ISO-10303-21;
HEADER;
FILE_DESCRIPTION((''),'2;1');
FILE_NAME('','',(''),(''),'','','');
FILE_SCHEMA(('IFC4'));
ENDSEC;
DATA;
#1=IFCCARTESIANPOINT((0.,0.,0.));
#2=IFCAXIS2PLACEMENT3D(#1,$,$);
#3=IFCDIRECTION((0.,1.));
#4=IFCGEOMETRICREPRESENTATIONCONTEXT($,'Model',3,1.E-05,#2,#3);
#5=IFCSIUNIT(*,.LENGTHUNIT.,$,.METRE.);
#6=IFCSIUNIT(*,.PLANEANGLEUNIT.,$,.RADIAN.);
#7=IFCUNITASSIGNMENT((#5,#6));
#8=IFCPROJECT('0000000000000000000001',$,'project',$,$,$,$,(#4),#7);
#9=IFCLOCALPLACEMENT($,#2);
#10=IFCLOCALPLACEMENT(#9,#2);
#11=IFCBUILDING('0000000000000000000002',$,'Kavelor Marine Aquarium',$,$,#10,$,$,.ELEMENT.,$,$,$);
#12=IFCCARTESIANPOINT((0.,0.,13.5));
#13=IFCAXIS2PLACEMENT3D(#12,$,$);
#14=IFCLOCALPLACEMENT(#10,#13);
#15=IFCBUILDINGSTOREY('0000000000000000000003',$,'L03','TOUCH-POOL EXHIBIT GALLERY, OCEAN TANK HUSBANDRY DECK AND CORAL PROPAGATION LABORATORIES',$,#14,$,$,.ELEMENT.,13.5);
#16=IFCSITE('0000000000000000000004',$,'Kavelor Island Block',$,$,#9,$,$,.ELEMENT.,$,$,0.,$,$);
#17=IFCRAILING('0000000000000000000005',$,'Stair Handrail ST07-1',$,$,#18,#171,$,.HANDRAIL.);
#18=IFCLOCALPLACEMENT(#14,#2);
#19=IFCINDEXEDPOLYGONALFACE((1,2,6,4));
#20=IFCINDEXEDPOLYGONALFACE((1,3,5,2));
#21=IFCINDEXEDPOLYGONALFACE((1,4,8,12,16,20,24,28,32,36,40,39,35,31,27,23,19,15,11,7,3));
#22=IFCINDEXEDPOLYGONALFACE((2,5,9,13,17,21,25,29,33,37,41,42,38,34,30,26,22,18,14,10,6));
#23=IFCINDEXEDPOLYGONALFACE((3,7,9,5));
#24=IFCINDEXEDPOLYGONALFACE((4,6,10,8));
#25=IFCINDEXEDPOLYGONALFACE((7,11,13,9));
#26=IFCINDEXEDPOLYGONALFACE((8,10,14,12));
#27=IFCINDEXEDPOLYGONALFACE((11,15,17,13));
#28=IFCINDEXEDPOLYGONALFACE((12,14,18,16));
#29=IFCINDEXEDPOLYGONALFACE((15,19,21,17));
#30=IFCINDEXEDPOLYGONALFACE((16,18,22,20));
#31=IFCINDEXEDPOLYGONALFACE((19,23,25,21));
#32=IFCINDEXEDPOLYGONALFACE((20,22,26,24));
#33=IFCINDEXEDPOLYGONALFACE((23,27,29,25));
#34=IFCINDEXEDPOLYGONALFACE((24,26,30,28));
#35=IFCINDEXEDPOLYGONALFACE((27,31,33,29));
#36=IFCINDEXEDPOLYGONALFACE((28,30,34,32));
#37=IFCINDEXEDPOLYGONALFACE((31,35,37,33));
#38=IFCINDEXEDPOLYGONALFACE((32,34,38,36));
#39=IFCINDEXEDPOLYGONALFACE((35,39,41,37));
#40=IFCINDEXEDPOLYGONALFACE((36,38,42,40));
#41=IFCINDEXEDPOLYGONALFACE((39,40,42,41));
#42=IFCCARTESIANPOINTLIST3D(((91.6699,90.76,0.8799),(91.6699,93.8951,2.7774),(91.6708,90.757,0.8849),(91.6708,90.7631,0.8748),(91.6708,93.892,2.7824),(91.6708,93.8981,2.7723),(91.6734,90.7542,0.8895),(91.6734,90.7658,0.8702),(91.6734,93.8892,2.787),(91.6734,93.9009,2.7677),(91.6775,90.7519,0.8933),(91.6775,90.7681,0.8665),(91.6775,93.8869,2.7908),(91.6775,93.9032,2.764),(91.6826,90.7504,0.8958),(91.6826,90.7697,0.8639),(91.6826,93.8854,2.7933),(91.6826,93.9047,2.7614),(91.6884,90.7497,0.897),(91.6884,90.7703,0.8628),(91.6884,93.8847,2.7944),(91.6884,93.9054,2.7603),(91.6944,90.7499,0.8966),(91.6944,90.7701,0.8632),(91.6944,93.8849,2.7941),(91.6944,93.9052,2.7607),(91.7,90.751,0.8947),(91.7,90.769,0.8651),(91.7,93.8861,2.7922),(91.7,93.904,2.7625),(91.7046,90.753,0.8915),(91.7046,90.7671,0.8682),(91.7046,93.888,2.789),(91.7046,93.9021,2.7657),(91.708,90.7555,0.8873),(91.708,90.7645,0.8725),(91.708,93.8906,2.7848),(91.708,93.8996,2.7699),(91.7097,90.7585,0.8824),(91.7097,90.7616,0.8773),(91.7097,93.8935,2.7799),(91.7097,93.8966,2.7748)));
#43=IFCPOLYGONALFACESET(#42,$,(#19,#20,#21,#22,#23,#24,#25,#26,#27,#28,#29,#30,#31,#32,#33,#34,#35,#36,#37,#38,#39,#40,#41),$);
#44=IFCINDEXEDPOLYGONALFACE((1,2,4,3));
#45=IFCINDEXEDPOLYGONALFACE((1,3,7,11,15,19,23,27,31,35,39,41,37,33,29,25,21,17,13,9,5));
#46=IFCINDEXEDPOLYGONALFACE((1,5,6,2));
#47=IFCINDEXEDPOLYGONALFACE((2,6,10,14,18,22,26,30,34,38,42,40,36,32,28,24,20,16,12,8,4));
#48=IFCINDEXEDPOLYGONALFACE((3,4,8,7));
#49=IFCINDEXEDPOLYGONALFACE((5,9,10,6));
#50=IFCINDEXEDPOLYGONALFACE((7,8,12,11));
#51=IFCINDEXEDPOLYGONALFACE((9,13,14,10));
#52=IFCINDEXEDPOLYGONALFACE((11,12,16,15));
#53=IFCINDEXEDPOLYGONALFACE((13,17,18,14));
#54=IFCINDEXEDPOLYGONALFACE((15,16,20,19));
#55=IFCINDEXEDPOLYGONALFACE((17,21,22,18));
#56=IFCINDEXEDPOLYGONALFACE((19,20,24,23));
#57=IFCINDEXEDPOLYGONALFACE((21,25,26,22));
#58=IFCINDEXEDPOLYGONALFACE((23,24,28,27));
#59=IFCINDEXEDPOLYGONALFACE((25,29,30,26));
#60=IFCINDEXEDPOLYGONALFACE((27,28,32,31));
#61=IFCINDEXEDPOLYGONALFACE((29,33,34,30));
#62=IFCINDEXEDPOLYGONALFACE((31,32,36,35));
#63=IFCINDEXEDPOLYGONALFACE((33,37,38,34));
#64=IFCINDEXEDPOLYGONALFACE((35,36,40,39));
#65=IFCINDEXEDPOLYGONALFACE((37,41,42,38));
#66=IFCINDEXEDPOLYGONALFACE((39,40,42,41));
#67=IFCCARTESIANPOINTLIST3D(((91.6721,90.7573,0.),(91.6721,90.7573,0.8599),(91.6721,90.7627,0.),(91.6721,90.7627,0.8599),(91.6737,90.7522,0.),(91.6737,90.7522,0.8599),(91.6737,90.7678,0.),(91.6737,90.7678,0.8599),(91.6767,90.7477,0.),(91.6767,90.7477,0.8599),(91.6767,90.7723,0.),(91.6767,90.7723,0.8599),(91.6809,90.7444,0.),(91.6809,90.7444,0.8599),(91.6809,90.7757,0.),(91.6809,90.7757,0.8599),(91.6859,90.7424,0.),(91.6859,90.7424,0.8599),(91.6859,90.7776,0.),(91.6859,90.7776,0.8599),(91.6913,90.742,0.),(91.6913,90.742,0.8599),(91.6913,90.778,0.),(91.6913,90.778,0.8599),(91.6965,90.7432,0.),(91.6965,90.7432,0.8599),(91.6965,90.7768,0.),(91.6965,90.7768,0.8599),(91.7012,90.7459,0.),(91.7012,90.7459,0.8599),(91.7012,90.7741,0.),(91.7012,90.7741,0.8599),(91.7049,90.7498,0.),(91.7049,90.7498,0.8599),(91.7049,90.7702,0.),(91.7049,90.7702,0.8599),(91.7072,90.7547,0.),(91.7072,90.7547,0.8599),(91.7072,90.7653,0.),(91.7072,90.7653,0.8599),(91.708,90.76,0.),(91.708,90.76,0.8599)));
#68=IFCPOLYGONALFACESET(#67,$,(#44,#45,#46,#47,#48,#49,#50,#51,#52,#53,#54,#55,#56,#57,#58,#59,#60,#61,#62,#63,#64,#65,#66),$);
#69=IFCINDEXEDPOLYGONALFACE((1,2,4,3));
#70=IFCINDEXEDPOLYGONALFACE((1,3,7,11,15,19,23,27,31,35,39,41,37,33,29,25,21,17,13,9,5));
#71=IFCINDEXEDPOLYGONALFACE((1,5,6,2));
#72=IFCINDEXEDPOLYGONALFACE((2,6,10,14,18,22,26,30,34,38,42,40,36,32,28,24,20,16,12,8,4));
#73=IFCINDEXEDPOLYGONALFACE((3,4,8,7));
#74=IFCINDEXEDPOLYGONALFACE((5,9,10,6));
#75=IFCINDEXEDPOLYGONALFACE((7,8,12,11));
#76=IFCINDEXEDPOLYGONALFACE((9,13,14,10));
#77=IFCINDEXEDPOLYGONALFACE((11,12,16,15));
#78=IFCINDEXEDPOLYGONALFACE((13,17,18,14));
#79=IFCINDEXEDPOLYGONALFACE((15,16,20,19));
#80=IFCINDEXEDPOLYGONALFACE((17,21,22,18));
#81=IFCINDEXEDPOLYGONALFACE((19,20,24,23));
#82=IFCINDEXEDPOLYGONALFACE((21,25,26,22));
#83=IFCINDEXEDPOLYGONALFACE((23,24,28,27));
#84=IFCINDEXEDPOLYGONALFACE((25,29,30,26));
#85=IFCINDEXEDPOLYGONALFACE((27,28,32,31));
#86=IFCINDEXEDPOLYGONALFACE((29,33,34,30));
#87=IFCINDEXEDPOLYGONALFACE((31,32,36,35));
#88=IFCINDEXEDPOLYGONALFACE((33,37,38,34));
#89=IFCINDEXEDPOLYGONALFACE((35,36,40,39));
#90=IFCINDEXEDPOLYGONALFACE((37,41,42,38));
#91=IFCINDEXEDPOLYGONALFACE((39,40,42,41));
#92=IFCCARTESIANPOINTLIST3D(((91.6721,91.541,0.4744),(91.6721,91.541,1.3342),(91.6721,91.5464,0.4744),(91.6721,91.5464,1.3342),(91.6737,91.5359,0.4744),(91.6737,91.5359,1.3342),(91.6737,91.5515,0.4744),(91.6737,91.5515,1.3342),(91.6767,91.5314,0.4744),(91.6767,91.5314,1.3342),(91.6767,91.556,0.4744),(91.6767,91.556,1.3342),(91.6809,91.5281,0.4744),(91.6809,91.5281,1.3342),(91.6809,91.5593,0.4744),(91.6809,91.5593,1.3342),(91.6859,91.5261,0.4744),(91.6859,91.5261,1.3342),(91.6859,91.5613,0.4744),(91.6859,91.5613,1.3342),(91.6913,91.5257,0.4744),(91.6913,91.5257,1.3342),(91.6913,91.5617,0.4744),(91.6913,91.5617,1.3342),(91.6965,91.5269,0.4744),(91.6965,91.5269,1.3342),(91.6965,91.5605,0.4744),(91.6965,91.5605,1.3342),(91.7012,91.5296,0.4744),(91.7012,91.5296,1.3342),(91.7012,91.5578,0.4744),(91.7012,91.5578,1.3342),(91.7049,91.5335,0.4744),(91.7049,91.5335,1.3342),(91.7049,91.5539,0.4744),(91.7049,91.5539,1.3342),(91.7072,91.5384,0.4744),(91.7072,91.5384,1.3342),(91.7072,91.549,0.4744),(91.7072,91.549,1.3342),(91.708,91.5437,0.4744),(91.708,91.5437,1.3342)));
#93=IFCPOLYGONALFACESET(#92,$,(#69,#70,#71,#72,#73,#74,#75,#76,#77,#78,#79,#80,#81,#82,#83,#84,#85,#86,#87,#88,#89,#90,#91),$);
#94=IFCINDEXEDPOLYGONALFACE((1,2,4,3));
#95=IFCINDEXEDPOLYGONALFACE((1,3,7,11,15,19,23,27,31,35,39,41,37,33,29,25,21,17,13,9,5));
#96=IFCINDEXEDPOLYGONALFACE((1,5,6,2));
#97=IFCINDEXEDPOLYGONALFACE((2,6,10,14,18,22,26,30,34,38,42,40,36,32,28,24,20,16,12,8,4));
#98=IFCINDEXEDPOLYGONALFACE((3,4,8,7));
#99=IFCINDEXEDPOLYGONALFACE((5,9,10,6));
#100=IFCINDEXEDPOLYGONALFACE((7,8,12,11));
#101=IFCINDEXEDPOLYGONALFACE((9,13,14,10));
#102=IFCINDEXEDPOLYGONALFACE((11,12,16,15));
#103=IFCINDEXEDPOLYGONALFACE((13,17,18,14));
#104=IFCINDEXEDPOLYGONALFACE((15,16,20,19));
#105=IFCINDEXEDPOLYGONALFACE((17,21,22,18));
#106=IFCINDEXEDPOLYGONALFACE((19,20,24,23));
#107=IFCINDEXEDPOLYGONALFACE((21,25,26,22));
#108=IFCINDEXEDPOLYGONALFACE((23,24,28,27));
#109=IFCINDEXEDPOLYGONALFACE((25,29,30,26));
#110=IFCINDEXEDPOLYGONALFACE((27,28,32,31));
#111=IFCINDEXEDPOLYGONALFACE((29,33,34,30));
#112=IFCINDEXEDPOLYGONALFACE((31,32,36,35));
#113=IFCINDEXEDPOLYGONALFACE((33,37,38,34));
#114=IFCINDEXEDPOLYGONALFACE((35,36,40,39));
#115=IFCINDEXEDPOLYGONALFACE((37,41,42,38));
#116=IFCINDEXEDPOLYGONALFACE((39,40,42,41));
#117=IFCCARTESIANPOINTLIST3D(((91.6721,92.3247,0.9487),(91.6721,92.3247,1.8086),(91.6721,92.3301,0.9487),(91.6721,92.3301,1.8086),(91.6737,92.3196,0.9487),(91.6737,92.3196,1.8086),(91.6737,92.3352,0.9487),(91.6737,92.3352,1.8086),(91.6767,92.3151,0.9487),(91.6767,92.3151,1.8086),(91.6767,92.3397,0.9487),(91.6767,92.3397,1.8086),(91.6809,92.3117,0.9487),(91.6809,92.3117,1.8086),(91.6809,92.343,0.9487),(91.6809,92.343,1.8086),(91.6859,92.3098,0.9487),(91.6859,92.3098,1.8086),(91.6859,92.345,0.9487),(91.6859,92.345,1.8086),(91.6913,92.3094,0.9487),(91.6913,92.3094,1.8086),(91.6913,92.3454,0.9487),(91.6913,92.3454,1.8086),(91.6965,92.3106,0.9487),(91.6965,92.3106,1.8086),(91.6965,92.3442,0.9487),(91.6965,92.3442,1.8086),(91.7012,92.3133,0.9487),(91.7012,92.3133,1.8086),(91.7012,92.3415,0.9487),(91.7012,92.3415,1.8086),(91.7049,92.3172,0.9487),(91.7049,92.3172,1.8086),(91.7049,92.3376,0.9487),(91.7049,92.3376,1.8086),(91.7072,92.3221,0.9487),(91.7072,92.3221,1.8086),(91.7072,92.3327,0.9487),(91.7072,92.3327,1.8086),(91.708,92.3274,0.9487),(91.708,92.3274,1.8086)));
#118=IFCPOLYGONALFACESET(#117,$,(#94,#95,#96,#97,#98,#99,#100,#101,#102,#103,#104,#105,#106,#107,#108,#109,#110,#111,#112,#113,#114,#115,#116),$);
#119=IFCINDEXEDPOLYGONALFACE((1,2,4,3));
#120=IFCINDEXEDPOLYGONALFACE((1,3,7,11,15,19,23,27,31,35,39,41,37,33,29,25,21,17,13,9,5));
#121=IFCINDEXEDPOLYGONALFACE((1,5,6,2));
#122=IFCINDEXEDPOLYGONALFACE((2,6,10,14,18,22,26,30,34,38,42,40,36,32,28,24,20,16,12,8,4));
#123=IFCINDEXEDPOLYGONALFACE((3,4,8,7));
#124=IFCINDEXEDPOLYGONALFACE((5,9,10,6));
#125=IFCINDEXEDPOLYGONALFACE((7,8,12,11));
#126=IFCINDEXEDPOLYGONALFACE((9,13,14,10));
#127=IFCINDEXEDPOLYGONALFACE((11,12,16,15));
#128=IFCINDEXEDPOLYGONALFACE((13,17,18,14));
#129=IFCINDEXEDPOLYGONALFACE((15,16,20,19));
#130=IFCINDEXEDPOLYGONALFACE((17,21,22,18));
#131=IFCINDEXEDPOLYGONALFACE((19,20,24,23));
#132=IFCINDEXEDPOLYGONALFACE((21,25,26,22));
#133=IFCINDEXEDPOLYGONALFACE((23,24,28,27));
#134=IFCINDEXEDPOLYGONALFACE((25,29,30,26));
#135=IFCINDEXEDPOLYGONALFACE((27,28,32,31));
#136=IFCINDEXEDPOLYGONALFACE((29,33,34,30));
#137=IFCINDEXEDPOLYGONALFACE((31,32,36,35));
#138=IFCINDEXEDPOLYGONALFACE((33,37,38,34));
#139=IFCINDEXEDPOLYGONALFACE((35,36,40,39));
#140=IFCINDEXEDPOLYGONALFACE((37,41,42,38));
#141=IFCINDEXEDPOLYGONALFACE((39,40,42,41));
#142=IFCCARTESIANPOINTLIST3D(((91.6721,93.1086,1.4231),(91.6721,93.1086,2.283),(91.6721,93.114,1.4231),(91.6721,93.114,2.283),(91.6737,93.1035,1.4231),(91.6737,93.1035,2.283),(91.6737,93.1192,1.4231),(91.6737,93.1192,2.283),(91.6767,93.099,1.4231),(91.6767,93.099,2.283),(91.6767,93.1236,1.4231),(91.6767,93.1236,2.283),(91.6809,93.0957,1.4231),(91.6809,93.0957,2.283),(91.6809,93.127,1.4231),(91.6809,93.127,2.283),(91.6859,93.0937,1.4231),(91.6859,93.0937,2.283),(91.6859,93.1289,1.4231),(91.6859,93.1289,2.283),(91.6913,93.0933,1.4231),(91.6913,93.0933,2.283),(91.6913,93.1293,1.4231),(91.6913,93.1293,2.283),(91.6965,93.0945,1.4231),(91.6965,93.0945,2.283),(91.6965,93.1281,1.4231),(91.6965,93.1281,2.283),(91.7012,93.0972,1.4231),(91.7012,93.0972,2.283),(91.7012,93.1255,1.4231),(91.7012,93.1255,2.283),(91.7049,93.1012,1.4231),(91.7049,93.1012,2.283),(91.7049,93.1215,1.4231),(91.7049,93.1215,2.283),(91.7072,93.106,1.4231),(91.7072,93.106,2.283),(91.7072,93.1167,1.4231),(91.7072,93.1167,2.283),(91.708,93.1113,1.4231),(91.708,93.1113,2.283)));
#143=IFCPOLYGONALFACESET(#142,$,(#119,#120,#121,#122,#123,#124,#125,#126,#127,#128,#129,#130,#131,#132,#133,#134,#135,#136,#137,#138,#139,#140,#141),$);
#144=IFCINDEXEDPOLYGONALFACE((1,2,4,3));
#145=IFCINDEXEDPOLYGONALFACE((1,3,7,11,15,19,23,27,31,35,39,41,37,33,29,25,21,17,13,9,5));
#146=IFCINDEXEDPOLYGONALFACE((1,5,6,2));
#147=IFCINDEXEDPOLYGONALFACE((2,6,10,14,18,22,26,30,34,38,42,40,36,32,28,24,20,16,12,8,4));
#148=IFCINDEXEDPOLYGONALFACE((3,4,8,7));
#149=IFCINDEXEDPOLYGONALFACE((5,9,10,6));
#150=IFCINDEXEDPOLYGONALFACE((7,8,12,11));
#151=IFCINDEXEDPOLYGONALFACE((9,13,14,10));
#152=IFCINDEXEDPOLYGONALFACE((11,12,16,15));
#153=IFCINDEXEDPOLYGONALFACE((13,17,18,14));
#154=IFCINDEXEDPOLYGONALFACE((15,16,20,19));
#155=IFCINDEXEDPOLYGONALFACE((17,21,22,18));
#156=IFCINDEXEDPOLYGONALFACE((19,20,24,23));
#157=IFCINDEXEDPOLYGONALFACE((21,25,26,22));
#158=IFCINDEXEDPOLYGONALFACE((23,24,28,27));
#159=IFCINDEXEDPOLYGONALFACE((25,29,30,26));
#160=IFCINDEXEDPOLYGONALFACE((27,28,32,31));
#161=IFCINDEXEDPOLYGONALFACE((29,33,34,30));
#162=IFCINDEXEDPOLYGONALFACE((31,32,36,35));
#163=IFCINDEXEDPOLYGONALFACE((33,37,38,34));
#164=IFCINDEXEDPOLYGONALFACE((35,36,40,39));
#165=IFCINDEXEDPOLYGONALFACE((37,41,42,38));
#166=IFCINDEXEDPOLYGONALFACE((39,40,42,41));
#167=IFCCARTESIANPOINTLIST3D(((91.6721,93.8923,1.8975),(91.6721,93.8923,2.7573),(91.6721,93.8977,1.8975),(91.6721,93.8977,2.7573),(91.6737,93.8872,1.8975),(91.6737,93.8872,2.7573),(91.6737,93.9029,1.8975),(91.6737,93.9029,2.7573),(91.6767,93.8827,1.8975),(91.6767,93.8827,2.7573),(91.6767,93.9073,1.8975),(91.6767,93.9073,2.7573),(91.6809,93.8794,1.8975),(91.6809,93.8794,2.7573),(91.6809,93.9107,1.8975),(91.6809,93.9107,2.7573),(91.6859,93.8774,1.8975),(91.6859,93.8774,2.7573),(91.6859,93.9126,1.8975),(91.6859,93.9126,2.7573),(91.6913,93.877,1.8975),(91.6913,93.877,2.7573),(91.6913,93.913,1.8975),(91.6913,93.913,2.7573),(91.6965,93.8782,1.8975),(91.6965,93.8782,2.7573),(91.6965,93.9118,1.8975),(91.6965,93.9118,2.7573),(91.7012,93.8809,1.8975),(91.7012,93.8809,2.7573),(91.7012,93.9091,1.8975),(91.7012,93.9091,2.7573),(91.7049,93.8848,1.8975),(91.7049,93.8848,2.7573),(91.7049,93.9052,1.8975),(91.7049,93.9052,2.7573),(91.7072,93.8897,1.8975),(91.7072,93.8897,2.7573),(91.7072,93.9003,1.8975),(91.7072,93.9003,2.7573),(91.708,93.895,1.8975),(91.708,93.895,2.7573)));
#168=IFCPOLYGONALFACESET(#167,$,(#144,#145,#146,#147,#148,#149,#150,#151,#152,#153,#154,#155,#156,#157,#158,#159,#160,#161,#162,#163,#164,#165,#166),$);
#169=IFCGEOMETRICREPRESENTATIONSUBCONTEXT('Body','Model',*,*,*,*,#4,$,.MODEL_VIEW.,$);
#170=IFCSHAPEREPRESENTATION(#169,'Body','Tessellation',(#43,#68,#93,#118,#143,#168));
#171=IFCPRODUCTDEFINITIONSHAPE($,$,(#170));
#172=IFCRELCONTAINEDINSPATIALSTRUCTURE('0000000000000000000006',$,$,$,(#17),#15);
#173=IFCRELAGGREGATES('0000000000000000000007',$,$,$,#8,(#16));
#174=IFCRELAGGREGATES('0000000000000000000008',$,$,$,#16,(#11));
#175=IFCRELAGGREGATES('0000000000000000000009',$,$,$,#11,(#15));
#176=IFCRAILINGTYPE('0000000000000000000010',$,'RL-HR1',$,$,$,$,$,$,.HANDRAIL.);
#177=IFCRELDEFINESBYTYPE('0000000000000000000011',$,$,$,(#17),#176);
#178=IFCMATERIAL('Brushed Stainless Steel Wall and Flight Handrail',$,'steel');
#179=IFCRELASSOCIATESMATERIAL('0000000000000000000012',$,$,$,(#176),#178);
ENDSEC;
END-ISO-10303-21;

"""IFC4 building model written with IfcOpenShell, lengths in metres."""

from ifc_helpers import new_model, si_unit, direction, frame, origin, origin_2d, place, context, subcontext, project, spatial, circle, extrude, material, type_object, element, save


model = new_model("IFC4")

# Units and contexts
model_context = context("Model", 3, precision=1e-05, world=origin(), true_north=direction((0.0, 1.0)))
body_context = subcontext(model_context, "Body", "Model", "MODEL_VIEW")
ifc_project = project(units=[si_unit("LENGTHUNIT", "METRE"), si_unit("PLANEANGLEUNIT", "RADIAN")], contexts=[model_context])

# Site, building, storey
site_placement = place(None, origin())
site = spatial("IfcSite", under=ifc_project, at=site_placement, Name="Kavelor Island Block", CompositionType="ELEMENT", RefElevation=0.0)
building_placement = place(site_placement, origin())
building = spatial("IfcBuilding", under=site, at=building_placement, Name="Kavelor Marine Aquarium", CompositionType="ELEMENT")
storey_placement = place(building_placement, frame((0.0, 0.0, 13.5)))
storey = spatial("IfcBuildingStorey", under=building, at=storey_placement, Name="L03", Description="TOUCH-POOL EXHIBIT GALLERY, OCEAN TANK HUSBANDRY DECK AND CORAL PROPAGATION LABORATORIES", CompositionType="ELEMENT", Elevation=13.5)

# Railing
ifc_material_1 = material(Name="Brushed Stainless Steel Wall and Flight Handrail", Category="steel")
railing_type_1 = type_object("IfcRailingType", Name="RL-HR1", PredefinedType="HANDRAIL", material=ifc_material_1)
railing_1_placement = place(storey_placement, frame((91.6899, 90.76, 0.0)))
element("IfcRailing", 1, at=railing_1_placement, inside=storey, type_object=railing_type_1, Name="Stair Handrail ST07-1", PredefinedType="HANDRAIL", context=body_context, shape_type="SweptSolid", body=[
    extrude(circle(Radius=0.02, at=origin_2d()), frame((0.0, 0.0, 0.8799), z_axis=(0.0, 0.855506, 0.517794), x_axis=(-1.0, 0.0, 0.0)), (0.0, 0.0, 1.0), 3.6646),
    extrude(circle(Radius=0.0181, at=origin_2d()), origin(), (0.0, 0.0, 1.0), 0.8599),
    extrude(circle(Radius=0.0181, at=origin_2d()), frame((0.0, 0.7837, 0.4744)), (0.0, 0.0, 1.0), 0.8599),
    extrude(circle(Radius=0.0181, at=origin_2d()), frame((0.0, 1.5674, 0.9487)), (0.0, 0.0, 1.0), 0.8599),
    extrude(circle(Radius=0.0181, at=origin_2d()), frame((0.0, 2.3513, 1.4231)), (0.0, 0.0, 1.0), 0.8599),
    extrude(circle(Radius=0.0181, at=origin_2d()), frame((0.0, 3.135, 1.8975)), (0.0, 0.0, 1.0), 0.8599),
])

save(model, "model.ifc")
